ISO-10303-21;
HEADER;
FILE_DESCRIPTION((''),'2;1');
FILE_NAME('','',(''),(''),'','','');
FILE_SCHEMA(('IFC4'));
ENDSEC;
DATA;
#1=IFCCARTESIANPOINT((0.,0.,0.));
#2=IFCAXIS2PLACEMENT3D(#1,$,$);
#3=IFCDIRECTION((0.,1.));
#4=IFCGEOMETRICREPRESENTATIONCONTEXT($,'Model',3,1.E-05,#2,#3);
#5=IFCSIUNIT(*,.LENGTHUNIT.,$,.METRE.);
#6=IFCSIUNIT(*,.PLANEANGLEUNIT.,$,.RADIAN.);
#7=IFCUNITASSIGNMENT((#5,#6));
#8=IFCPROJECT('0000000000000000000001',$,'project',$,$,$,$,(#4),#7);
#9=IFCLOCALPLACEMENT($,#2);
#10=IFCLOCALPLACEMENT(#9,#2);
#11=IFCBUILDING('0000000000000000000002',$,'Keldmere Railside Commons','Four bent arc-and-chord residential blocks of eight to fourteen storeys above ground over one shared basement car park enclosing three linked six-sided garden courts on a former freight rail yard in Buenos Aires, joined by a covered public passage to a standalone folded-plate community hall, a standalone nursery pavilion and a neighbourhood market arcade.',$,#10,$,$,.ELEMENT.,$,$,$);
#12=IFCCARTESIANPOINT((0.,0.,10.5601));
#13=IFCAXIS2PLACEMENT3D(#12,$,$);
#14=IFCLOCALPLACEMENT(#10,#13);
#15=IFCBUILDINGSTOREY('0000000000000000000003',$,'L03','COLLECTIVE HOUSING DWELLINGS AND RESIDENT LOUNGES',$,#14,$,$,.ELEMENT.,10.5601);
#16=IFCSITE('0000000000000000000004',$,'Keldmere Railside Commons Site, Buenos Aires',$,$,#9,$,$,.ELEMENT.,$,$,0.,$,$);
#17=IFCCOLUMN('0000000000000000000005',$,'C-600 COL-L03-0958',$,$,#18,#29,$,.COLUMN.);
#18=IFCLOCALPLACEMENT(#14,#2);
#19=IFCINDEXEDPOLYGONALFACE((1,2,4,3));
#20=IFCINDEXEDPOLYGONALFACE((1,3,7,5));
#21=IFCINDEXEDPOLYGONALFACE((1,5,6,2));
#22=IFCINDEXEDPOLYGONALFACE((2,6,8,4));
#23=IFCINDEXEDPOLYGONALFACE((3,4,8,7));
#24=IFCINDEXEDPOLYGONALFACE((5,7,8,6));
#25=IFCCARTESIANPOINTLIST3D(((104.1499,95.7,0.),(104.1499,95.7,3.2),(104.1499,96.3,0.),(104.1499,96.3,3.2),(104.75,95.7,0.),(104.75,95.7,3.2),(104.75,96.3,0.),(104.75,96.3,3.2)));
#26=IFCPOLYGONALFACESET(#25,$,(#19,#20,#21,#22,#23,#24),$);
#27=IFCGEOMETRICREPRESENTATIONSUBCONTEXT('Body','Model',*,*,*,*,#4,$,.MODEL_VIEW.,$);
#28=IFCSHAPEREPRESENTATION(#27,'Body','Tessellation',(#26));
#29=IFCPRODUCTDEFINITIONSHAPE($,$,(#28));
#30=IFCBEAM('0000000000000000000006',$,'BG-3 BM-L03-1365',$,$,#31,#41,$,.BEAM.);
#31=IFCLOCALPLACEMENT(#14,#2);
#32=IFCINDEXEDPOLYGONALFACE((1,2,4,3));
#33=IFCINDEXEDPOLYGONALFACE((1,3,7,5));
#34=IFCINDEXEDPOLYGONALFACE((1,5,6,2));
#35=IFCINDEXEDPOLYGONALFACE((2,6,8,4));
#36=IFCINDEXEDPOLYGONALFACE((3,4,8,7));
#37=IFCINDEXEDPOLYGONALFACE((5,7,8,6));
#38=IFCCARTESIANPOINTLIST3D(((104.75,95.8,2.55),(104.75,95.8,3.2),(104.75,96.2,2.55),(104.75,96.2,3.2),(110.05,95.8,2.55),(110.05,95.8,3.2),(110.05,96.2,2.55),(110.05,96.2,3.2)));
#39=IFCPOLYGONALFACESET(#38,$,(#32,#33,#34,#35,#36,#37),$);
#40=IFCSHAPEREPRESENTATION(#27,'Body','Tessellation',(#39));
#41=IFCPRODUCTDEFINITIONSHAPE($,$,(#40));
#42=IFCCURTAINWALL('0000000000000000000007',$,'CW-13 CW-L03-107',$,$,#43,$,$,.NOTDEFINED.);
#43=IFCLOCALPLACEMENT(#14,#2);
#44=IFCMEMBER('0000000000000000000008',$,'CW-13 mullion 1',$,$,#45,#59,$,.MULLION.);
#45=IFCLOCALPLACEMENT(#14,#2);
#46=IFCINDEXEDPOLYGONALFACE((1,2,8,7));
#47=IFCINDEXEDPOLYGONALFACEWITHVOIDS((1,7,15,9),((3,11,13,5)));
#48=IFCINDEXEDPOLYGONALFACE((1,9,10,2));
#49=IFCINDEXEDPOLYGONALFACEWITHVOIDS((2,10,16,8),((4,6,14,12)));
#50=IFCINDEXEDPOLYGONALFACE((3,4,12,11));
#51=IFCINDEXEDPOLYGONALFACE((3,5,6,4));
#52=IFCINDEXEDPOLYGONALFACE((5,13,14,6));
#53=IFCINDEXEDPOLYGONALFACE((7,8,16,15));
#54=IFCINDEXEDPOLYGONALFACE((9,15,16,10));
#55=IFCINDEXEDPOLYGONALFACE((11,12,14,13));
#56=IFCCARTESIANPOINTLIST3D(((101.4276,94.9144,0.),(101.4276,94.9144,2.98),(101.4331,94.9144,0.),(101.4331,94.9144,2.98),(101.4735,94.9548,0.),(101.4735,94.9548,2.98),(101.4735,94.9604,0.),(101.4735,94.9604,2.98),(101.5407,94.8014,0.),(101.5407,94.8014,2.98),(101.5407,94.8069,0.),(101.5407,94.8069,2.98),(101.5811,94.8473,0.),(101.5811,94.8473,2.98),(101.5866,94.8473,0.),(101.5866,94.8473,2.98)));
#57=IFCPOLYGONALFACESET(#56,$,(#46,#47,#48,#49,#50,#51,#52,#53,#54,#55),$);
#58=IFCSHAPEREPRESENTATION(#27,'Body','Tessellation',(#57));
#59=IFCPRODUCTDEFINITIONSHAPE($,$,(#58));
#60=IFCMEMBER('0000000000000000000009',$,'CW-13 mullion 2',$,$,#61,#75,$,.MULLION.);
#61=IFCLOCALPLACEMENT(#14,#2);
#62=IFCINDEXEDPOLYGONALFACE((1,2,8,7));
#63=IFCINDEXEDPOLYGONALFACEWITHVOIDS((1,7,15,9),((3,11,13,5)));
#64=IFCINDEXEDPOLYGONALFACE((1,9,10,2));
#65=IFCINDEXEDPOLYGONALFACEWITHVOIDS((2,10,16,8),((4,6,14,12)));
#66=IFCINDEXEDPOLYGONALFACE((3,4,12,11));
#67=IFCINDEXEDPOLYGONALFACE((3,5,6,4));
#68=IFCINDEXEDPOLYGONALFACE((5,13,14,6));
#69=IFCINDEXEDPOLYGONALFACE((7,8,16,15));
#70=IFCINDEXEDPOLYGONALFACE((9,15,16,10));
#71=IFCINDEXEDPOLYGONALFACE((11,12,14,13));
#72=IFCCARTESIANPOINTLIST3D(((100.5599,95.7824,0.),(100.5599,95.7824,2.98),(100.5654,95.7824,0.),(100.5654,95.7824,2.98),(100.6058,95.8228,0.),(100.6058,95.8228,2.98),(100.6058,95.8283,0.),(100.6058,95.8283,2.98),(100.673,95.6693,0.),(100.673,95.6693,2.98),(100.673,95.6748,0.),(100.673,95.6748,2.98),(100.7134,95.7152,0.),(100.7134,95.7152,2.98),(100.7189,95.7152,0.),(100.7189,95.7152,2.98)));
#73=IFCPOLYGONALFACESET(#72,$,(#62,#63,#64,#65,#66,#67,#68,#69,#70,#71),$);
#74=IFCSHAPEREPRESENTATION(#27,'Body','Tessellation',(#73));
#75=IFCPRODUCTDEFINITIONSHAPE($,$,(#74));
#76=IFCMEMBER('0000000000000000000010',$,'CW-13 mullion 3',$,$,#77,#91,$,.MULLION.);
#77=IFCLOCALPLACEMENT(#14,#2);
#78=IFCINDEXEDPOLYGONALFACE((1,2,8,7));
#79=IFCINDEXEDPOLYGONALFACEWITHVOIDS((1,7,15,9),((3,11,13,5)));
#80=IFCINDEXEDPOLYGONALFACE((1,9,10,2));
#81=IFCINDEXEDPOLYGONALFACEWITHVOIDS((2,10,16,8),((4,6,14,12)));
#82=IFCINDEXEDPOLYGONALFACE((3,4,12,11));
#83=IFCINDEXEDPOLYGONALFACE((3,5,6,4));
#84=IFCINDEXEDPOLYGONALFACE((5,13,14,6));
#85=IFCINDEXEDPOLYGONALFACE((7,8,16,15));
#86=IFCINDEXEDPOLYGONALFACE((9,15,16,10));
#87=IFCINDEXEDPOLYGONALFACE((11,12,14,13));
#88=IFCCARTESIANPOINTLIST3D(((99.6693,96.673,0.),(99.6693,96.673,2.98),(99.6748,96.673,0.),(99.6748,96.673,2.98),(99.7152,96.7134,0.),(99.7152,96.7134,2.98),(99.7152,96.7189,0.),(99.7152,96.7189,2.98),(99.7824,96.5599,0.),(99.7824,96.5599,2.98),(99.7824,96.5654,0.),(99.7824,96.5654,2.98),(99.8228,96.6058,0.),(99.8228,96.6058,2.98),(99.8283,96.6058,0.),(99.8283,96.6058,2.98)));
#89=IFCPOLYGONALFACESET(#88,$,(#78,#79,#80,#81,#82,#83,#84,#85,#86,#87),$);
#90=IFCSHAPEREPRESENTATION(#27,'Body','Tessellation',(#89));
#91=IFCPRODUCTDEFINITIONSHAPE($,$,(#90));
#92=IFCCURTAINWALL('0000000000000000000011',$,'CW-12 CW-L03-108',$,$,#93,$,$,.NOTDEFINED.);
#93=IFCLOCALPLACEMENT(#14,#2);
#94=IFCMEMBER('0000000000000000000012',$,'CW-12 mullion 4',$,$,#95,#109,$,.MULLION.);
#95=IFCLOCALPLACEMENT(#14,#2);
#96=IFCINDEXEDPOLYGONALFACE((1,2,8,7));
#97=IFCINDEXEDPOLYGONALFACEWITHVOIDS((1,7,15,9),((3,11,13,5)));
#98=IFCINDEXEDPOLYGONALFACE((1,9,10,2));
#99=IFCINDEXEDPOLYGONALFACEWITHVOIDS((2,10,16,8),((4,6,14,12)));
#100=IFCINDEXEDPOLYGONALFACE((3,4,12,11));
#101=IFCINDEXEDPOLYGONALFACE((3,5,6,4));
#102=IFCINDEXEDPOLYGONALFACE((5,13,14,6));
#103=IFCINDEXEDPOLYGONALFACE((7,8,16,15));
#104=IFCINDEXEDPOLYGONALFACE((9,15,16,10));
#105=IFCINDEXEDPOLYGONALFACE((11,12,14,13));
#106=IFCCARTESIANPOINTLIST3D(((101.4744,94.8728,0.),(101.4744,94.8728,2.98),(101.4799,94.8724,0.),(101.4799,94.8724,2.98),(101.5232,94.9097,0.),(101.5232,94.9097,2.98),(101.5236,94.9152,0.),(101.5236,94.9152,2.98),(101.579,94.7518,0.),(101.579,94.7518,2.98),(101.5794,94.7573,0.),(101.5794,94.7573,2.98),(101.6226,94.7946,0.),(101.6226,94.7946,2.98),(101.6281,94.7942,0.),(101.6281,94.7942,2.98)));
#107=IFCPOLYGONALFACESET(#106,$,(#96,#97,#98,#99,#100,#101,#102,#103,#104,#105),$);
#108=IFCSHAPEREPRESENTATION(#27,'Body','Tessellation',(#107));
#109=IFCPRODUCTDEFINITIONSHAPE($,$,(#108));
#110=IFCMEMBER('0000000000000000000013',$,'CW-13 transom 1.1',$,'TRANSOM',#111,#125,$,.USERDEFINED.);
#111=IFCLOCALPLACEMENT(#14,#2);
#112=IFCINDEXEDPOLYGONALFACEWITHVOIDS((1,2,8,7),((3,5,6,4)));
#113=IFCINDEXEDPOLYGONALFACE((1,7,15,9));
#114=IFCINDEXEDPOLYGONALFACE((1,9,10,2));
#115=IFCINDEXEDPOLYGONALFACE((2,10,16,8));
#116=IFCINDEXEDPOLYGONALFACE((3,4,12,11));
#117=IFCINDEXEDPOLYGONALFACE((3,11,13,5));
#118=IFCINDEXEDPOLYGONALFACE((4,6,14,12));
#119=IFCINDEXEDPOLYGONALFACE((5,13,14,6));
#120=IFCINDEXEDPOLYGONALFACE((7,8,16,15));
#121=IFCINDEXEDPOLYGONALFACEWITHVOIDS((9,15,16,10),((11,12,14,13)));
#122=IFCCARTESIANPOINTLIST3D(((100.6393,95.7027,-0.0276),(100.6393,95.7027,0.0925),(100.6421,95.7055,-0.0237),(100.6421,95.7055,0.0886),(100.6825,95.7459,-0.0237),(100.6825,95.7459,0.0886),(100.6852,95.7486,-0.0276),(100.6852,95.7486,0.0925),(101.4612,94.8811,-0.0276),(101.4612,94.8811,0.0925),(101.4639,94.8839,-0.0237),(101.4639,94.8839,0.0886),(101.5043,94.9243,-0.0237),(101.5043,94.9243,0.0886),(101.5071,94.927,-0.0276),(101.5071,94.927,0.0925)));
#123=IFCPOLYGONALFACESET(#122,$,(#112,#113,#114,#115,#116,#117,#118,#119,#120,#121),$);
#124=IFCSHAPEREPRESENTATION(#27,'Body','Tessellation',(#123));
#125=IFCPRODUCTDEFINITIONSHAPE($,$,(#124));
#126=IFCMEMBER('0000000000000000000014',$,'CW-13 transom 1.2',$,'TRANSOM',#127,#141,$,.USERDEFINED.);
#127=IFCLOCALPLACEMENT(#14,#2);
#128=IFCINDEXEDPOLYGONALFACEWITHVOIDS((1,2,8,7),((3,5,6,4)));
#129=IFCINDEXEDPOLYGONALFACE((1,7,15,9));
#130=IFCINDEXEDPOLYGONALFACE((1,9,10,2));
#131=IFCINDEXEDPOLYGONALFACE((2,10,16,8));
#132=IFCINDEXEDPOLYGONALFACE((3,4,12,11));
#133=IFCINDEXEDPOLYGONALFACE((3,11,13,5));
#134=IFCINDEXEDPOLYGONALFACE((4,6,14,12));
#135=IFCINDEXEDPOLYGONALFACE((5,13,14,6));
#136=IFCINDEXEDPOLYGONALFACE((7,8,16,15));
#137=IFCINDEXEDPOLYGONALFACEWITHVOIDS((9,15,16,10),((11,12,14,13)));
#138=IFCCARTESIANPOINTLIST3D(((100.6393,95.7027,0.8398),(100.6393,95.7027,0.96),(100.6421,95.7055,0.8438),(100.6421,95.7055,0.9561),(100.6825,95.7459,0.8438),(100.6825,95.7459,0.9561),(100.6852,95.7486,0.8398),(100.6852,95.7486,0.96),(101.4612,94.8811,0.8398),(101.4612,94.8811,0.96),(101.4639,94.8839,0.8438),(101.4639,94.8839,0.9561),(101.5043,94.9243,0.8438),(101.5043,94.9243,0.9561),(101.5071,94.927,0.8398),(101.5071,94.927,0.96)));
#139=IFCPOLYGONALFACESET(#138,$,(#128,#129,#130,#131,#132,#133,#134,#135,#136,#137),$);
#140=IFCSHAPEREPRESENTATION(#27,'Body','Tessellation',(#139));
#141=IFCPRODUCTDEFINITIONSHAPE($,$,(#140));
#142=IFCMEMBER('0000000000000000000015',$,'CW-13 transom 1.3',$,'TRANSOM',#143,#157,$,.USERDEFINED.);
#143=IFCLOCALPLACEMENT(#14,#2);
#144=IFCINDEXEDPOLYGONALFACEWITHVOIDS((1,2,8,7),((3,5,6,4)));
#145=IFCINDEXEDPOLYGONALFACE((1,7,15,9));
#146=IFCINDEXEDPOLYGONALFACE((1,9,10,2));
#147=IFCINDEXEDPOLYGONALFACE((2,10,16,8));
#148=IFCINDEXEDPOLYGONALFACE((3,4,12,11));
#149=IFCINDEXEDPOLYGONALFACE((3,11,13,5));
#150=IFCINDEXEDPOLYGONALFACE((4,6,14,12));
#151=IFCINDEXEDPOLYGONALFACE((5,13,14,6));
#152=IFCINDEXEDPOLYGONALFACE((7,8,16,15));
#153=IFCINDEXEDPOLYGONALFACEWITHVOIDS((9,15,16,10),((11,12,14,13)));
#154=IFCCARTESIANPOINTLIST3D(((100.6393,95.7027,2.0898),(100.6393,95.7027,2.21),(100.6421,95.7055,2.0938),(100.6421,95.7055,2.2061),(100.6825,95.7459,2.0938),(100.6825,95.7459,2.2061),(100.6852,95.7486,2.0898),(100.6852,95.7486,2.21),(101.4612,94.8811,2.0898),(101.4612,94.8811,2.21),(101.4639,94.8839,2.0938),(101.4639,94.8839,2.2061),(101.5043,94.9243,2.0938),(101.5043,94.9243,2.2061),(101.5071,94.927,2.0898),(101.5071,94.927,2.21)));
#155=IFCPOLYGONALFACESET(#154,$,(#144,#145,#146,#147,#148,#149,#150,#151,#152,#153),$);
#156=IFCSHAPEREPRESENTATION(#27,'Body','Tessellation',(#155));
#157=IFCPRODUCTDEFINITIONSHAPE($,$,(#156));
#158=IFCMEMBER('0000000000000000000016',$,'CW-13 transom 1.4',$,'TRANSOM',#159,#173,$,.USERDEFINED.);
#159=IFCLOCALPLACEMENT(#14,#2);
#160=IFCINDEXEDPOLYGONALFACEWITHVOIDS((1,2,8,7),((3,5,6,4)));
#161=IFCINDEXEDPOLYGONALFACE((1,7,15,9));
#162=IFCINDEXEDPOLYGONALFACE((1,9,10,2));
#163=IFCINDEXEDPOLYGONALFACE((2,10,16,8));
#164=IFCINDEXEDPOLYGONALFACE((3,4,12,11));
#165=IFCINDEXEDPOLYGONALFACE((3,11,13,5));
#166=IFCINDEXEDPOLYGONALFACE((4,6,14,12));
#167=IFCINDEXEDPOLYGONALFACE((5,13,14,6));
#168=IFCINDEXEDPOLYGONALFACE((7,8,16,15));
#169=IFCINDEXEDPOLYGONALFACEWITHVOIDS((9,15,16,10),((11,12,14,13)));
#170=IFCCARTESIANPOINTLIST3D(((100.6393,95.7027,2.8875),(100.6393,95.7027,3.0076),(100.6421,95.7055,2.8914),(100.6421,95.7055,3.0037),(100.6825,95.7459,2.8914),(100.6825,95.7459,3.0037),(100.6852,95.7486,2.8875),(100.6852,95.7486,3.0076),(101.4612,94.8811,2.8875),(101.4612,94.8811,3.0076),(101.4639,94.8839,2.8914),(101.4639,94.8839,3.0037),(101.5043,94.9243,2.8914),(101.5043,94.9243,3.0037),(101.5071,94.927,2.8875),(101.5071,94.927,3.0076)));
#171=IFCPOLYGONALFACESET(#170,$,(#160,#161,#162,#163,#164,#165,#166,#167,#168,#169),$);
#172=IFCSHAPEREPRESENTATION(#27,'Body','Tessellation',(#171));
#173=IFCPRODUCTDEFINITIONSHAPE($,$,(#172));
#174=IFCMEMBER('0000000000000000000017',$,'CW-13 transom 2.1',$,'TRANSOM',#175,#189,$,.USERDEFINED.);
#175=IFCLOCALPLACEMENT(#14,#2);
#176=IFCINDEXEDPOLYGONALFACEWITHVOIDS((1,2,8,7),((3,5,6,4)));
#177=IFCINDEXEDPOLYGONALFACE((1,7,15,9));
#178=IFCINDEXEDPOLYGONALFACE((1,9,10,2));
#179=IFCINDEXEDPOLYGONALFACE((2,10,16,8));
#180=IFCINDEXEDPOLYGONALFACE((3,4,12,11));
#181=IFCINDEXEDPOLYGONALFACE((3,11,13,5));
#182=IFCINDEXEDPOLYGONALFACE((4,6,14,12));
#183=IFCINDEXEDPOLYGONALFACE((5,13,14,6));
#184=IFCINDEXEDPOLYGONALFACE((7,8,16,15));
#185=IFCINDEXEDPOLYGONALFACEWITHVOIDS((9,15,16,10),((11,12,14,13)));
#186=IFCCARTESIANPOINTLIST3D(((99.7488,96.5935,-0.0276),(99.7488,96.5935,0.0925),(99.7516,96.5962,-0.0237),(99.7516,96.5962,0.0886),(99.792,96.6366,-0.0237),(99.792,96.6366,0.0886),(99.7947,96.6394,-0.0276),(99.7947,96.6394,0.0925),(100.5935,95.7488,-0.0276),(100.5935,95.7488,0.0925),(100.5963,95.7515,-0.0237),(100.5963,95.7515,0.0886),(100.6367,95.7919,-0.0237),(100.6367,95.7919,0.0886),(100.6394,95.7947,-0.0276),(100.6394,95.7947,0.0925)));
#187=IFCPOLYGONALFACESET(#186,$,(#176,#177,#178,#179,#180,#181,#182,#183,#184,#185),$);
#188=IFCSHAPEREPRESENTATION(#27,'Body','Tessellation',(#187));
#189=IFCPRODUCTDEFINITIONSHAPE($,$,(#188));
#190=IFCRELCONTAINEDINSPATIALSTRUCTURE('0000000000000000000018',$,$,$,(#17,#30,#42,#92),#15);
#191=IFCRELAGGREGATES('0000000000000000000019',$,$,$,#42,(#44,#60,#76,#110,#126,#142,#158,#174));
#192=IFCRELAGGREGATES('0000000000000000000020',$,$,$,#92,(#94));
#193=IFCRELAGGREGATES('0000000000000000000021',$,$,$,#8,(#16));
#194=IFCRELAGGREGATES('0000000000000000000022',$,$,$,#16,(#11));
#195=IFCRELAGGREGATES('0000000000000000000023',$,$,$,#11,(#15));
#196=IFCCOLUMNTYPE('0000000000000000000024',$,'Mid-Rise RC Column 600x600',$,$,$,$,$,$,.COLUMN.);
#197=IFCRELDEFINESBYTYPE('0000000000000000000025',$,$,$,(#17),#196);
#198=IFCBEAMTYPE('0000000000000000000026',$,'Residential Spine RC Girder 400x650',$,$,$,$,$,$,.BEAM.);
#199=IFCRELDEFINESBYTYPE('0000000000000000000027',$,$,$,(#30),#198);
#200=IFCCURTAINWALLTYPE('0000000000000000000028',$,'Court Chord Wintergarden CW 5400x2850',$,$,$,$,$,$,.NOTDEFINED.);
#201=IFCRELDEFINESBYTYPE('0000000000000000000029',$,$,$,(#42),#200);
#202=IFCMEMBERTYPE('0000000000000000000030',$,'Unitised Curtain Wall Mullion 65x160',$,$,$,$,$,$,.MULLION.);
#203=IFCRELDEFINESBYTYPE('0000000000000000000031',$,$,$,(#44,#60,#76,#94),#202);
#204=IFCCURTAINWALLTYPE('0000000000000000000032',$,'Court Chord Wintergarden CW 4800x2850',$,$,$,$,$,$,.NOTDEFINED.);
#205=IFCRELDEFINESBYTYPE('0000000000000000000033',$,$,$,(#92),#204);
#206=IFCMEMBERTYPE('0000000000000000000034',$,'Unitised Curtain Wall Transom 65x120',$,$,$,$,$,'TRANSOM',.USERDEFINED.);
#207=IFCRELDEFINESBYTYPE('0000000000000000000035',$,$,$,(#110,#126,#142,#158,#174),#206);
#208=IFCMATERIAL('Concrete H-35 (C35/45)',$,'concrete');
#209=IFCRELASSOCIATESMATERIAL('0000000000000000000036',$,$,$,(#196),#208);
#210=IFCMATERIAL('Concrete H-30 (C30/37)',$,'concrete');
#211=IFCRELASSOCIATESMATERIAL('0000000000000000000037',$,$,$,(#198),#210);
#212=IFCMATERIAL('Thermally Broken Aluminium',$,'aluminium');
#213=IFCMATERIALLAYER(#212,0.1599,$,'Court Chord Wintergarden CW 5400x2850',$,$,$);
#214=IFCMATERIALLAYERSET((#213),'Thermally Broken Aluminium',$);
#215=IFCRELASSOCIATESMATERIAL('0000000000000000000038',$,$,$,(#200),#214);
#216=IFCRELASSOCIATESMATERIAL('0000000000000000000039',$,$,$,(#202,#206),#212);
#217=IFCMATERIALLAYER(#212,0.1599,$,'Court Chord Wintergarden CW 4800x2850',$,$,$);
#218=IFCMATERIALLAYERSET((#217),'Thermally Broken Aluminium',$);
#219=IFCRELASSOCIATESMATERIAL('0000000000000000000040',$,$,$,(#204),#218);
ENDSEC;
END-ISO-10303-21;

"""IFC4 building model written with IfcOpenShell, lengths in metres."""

from ifc_helpers import new_model, si_unit, direction, frame, origin, origin_2d, place, context, subcontext, project, spatial, rectangle, hollow_rectangle, extrude, material, layer, layer_set, material_profile, profile_set, type_object, element, aggregate, save


model = new_model("IFC4")

# Units and contexts
model_context = context("Model", 3, precision=1e-05, world=origin(), true_north=direction((0.0, 1.0)))
body_context = subcontext(model_context, "Body", "Model", "MODEL_VIEW")
ifc_project = project(units=[si_unit("LENGTHUNIT", "METRE"), si_unit("PLANEANGLEUNIT", "RADIAN")], contexts=[model_context])

# Site, building, storey
site_placement = place(None, origin())
site = spatial("IfcSite", under=ifc_project, at=site_placement, Name="Keldmere Railside Commons Site, Buenos Aires", CompositionType="ELEMENT", RefElevation=0.0)
building_placement = place(site_placement, origin())
building = spatial("IfcBuilding", under=site, at=building_placement, Name="Keldmere Railside Commons", Description="Four bent arc-and-chord residential blocks of eight to fourteen storeys above ground over one shared basement car park enclosing three linked six-sided garden courts on a former freight rail yard in Buenos Aires, joined by a covered public passage to a standalone folded-plate community hall, a standalone nursery pavilion and a neighbourhood market arcade.", CompositionType="ELEMENT")
storey_placement = place(building_placement, frame((0.0, 0.0, 10.5601)))
storey = spatial("IfcBuildingStorey", under=building, at=storey_placement, Name="L03", Description="COLLECTIVE HOUSING DWELLINGS AND RESIDENT LOUNGES", CompositionType="ELEMENT", Elevation=10.5601)

# Column
ifc_material_1 = material(Name="Concrete H-35 (C35/45)", Category="concrete")
ifc_material_profile_1 = material_profile(ifc_material_1, rectangle(XDim=0.6001, YDim=0.6001, at=origin_2d()), Name="RC-600x600")
ifc_profile_set_1 = profile_set([ifc_material_profile_1], Name="Concrete H-35 (C35/45)")
column_type = type_object("IfcColumnType", Name="Mid-Rise RC Column 600x600", PredefinedType="COLUMN", material=ifc_profile_set_1)
column_placement = place(storey_placement, frame((104.45, 96.0, 0.0), z_axis=(0.0, 0.0, 1.0), x_axis=(1.0, 0.0, 0.0)))
element("IfcColumn", 1, at=column_placement, inside=storey, type_object=column_type, Name="C-600 COL-L03-0958", PredefinedType="COLUMN", context=body_context, shape_type="SweptSolid", body=[
    extrude(rectangle(XDim=0.6001, YDim=0.6001, at=origin_2d()), origin(), (0.0, 0.0, 1.0), 3.2),
])

# Beam
ifc_material_2 = material(Name="Concrete H-30 (C30/37)", Category="concrete")
ifc_material_profile_2 = material_profile(ifc_material_2, rectangle(XDim=0.3999, YDim=0.6499, at=origin_2d()), Name="RC-400x650")
ifc_profile_set_2 = profile_set([ifc_material_profile_2], Name="Concrete H-30 (C30/37)")
beam_type = type_object("IfcBeamType", Name="Residential Spine RC Girder 400x650", PredefinedType="BEAM", material=ifc_profile_set_2)
beam_placement = place(storey_placement, frame((104.75, 96.0, 2.875), z_axis=(1.0, 0.0, 0.0), x_axis=(0.0, 1.0, 0.0)))
element("IfcBeam", 2, at=beam_placement, inside=storey, type_object=beam_type, Name="BG-3 BM-L03-1365", PredefinedType="BEAM", context=body_context, shape_type="SweptSolid", body=[
    extrude(rectangle(XDim=0.3999, YDim=0.6499, at=origin_2d()), origin(), (0.0, 0.0, 1.0), 5.3),
])

# Curtain wall, members
ifc_material_3 = material(Name="Thermally Broken Aluminium", Category="aluminium")
ifc_layer_1 = layer(ifc_material_3, 0.1599, Name="Court Chord Wintergarden CW 5400x2850")
ifc_layer_set_1 = layer_set([ifc_layer_1], Name="Thermally Broken Aluminium")
curtain_wall_type_1 = type_object("IfcCurtainWallType", Name="Court Chord Wintergarden CW 5400x2850", PredefinedType="NOTDEFINED", material=ifc_layer_set_1)
curtain_wall_1_placement = place(storey_placement, origin())
curtain_wall_1 = element("IfcCurtainWall", 3, at=curtain_wall_1_placement, inside=storey, type_object=curtain_wall_type_1, Name="CW-13 CW-L03-107", PredefinedType="NOTDEFINED")
ifc_material_profile_3 = material_profile(ifc_material_3, hollow_rectangle(XDim=0.0649, YDim=0.1599, WallThickness=0.0039, at=origin_2d()), Name="ALU-MULL-65x160")
ifc_profile_set_3 = profile_set([ifc_material_profile_3], Name="Thermally Broken Aluminium")
member_type_1 = type_object("IfcMemberType", Name="Unitised Curtain Wall Mullion 65x160", PredefinedType="MULLION", material=ifc_profile_set_3)
member_1_placement = place(storey_placement, frame((101.5071, 94.8809, 0.0), z_axis=(0.0, 0.0, 1.0), x_axis=(-0.707107, -0.707107, 0.0)))
member_1 = element("IfcMember", 4, at=member_1_placement, type_object=member_type_1, Name="CW-13 mullion 1", PredefinedType="MULLION", context=body_context, shape_type="SweptSolid", body=[
    extrude(hollow_rectangle(XDim=0.0649, YDim=0.1599, WallThickness=0.0039, at=origin_2d()), origin(), (0.0, 0.0, 1.0), 2.98),
])
member_2_placement = place(storey_placement, frame((100.6394, 95.7488, 0.0), z_axis=(0.0, 0.0, 1.0), x_axis=(-0.707107, -0.707107, 0.0)))
member_2 = element("IfcMember", 5, at=member_2_placement, type_object=member_type_1, Name="CW-13 mullion 2", PredefinedType="MULLION", context=body_context, shape_type="SweptSolid", body=[
    extrude(hollow_rectangle(XDim=0.0649, YDim=0.1599, WallThickness=0.0039, at=origin_2d()), origin(), (0.0, 0.0, 1.0), 2.98),
])
member_3_placement = place(storey_placement, frame((99.7488, 96.6394, 0.0), z_axis=(0.0, 0.0, 1.0), x_axis=(-0.707107, -0.707107, 0.0)))
member_3 = element("IfcMember", 6, at=member_3_placement, type_object=member_type_1, Name="CW-13 mullion 3", PredefinedType="MULLION", context=body_context, shape_type="SweptSolid", body=[
    extrude(hollow_rectangle(XDim=0.0649, YDim=0.1599, WallThickness=0.0039, at=origin_2d()), origin(), (0.0, 0.0, 1.0), 2.98),
])

# Curtain wall, member
ifc_layer_2 = layer(ifc_material_3, 0.1599, Name="Court Chord Wintergarden CW 4800x2850")
ifc_layer_set_2 = layer_set([ifc_layer_2], Name="Thermally Broken Aluminium")
curtain_wall_type_2 = type_object("IfcCurtainWallType", Name="Court Chord Wintergarden CW 4800x2850", PredefinedType="NOTDEFINED", material=ifc_layer_set_2)
curtain_wall_2_placement = place(storey_placement, origin())
curtain_wall_2 = element("IfcCurtainWall", 7, at=curtain_wall_2_placement, inside=storey, type_object=curtain_wall_type_2, Name="CW-12 CW-L03-108", PredefinedType="NOTDEFINED")
member_4_placement = place(storey_placement, frame((101.5513, 94.8335, 0.0), z_axis=(0.0, 0.0, 1.0), x_axis=(-0.756597, -0.653882, 0.0)))
member_4 = element("IfcMember", 8, at=member_4_placement, type_object=member_type_1, Name="CW-12 mullion 4", PredefinedType="MULLION", context=body_context, shape_type="SweptSolid", body=[
    extrude(hollow_rectangle(XDim=0.0649, YDim=0.1599, WallThickness=0.0039, at=origin_2d()), origin(), (0.0, 0.0, 1.0), 2.98),
])

# Members
ifc_material_profile_4 = material_profile(ifc_material_3, hollow_rectangle(XDim=0.0649, YDim=0.1201, WallThickness=0.0039, at=origin_2d()), Name="ALU-TRAN-65x120")
ifc_profile_set_4 = profile_set([ifc_material_profile_4], Name="Thermally Broken Aluminium")
member_type_2 = type_object("IfcMemberType", Name="Unitised Curtain Wall Transom 65x120", ElementType="TRANSOM", PredefinedType="USERDEFINED", material=ifc_profile_set_4)
member_5_placement = place(storey_placement, frame((101.4841, 94.9041, 0.0325), z_axis=(-0.707212, 0.707002, 0.0), x_axis=(-0.707002, -0.707212, 0.0)))
member_5 = element("IfcMember", 9, at=member_5_placement, type_object=member_type_2, Name="CW-13 transom 1.1", ObjectType="TRANSOM", PredefinedType="USERDEFINED", context=body_context, shape_type="SweptSolid", body=[
    extrude(hollow_rectangle(XDim=0.0649, YDim=0.1201, WallThickness=0.0039, at=origin_2d()), origin(), (0.0, 0.0, 1.0), 1.1621),
])
member_6_placement = place(storey_placement, frame((101.4841, 94.9041, 0.8999), z_axis=(-0.707212, 0.707002, 0.0), x_axis=(-0.707002, -0.707212, 0.0)))
member_6 = element("IfcMember", 10, at=member_6_placement, type_object=member_type_2, Name="CW-13 transom 1.2", ObjectType="TRANSOM", PredefinedType="USERDEFINED", context=body_context, shape_type="SweptSolid", body=[
    extrude(hollow_rectangle(XDim=0.0649, YDim=0.1201, WallThickness=0.0039, at=origin_2d()), origin(), (0.0, 0.0, 1.0), 1.1621),
])
member_7_placement = place(storey_placement, frame((101.4841, 94.9041, 2.1499), z_axis=(-0.707212, 0.707002, 0.0), x_axis=(-0.707002, -0.707212, 0.0)))
member_7 = element("IfcMember", 11, at=member_7_placement, type_object=member_type_2, Name="CW-13 transom 1.3", ObjectType="TRANSOM", PredefinedType="USERDEFINED", context=body_context, shape_type="SweptSolid", body=[
    extrude(hollow_rectangle(XDim=0.0649, YDim=0.1201, WallThickness=0.0039, at=origin_2d()), origin(), (0.0, 0.0, 1.0), 1.1621),
])
member_8_placement = place(storey_placement, frame((101.4841, 94.9041, 2.9475), z_axis=(-0.707212, 0.707002, 0.0), x_axis=(-0.707002, -0.707212, 0.0)))
member_8 = element("IfcMember", 12, at=member_8_placement, type_object=member_type_2, Name="CW-13 transom 1.4", ObjectType="TRANSOM", PredefinedType="USERDEFINED", context=body_context, shape_type="SweptSolid", body=[
    extrude(hollow_rectangle(XDim=0.0649, YDim=0.1201, WallThickness=0.0039, at=origin_2d()), origin(), (0.0, 0.0, 1.0), 1.1621),
])
member_9_placement = place(storey_placement, frame((100.6165, 95.7717, 0.0325), z_axis=(-0.707107, 0.707107, 0.0), x_axis=(-0.707107, -0.707107, 0.0)))
member_9 = element("IfcMember", 13, at=member_9_placement, type_object=member_type_2, Name="CW-13 transom 2.1", ObjectType="TRANSOM", PredefinedType="USERDEFINED", context=body_context, shape_type="SweptSolid", body=[
    extrude(hollow_rectangle(XDim=0.0649, YDim=0.1201, WallThickness=0.0039, at=origin_2d()), origin(), (0.0, 0.0, 1.0), 1.1946),
])

aggregate(curtain_wall_1, [member_1, member_2, member_3, member_5, member_6, member_7, member_8, member_9])
aggregate(curtain_wall_2, [member_4])

save(model, "model.ifc")
